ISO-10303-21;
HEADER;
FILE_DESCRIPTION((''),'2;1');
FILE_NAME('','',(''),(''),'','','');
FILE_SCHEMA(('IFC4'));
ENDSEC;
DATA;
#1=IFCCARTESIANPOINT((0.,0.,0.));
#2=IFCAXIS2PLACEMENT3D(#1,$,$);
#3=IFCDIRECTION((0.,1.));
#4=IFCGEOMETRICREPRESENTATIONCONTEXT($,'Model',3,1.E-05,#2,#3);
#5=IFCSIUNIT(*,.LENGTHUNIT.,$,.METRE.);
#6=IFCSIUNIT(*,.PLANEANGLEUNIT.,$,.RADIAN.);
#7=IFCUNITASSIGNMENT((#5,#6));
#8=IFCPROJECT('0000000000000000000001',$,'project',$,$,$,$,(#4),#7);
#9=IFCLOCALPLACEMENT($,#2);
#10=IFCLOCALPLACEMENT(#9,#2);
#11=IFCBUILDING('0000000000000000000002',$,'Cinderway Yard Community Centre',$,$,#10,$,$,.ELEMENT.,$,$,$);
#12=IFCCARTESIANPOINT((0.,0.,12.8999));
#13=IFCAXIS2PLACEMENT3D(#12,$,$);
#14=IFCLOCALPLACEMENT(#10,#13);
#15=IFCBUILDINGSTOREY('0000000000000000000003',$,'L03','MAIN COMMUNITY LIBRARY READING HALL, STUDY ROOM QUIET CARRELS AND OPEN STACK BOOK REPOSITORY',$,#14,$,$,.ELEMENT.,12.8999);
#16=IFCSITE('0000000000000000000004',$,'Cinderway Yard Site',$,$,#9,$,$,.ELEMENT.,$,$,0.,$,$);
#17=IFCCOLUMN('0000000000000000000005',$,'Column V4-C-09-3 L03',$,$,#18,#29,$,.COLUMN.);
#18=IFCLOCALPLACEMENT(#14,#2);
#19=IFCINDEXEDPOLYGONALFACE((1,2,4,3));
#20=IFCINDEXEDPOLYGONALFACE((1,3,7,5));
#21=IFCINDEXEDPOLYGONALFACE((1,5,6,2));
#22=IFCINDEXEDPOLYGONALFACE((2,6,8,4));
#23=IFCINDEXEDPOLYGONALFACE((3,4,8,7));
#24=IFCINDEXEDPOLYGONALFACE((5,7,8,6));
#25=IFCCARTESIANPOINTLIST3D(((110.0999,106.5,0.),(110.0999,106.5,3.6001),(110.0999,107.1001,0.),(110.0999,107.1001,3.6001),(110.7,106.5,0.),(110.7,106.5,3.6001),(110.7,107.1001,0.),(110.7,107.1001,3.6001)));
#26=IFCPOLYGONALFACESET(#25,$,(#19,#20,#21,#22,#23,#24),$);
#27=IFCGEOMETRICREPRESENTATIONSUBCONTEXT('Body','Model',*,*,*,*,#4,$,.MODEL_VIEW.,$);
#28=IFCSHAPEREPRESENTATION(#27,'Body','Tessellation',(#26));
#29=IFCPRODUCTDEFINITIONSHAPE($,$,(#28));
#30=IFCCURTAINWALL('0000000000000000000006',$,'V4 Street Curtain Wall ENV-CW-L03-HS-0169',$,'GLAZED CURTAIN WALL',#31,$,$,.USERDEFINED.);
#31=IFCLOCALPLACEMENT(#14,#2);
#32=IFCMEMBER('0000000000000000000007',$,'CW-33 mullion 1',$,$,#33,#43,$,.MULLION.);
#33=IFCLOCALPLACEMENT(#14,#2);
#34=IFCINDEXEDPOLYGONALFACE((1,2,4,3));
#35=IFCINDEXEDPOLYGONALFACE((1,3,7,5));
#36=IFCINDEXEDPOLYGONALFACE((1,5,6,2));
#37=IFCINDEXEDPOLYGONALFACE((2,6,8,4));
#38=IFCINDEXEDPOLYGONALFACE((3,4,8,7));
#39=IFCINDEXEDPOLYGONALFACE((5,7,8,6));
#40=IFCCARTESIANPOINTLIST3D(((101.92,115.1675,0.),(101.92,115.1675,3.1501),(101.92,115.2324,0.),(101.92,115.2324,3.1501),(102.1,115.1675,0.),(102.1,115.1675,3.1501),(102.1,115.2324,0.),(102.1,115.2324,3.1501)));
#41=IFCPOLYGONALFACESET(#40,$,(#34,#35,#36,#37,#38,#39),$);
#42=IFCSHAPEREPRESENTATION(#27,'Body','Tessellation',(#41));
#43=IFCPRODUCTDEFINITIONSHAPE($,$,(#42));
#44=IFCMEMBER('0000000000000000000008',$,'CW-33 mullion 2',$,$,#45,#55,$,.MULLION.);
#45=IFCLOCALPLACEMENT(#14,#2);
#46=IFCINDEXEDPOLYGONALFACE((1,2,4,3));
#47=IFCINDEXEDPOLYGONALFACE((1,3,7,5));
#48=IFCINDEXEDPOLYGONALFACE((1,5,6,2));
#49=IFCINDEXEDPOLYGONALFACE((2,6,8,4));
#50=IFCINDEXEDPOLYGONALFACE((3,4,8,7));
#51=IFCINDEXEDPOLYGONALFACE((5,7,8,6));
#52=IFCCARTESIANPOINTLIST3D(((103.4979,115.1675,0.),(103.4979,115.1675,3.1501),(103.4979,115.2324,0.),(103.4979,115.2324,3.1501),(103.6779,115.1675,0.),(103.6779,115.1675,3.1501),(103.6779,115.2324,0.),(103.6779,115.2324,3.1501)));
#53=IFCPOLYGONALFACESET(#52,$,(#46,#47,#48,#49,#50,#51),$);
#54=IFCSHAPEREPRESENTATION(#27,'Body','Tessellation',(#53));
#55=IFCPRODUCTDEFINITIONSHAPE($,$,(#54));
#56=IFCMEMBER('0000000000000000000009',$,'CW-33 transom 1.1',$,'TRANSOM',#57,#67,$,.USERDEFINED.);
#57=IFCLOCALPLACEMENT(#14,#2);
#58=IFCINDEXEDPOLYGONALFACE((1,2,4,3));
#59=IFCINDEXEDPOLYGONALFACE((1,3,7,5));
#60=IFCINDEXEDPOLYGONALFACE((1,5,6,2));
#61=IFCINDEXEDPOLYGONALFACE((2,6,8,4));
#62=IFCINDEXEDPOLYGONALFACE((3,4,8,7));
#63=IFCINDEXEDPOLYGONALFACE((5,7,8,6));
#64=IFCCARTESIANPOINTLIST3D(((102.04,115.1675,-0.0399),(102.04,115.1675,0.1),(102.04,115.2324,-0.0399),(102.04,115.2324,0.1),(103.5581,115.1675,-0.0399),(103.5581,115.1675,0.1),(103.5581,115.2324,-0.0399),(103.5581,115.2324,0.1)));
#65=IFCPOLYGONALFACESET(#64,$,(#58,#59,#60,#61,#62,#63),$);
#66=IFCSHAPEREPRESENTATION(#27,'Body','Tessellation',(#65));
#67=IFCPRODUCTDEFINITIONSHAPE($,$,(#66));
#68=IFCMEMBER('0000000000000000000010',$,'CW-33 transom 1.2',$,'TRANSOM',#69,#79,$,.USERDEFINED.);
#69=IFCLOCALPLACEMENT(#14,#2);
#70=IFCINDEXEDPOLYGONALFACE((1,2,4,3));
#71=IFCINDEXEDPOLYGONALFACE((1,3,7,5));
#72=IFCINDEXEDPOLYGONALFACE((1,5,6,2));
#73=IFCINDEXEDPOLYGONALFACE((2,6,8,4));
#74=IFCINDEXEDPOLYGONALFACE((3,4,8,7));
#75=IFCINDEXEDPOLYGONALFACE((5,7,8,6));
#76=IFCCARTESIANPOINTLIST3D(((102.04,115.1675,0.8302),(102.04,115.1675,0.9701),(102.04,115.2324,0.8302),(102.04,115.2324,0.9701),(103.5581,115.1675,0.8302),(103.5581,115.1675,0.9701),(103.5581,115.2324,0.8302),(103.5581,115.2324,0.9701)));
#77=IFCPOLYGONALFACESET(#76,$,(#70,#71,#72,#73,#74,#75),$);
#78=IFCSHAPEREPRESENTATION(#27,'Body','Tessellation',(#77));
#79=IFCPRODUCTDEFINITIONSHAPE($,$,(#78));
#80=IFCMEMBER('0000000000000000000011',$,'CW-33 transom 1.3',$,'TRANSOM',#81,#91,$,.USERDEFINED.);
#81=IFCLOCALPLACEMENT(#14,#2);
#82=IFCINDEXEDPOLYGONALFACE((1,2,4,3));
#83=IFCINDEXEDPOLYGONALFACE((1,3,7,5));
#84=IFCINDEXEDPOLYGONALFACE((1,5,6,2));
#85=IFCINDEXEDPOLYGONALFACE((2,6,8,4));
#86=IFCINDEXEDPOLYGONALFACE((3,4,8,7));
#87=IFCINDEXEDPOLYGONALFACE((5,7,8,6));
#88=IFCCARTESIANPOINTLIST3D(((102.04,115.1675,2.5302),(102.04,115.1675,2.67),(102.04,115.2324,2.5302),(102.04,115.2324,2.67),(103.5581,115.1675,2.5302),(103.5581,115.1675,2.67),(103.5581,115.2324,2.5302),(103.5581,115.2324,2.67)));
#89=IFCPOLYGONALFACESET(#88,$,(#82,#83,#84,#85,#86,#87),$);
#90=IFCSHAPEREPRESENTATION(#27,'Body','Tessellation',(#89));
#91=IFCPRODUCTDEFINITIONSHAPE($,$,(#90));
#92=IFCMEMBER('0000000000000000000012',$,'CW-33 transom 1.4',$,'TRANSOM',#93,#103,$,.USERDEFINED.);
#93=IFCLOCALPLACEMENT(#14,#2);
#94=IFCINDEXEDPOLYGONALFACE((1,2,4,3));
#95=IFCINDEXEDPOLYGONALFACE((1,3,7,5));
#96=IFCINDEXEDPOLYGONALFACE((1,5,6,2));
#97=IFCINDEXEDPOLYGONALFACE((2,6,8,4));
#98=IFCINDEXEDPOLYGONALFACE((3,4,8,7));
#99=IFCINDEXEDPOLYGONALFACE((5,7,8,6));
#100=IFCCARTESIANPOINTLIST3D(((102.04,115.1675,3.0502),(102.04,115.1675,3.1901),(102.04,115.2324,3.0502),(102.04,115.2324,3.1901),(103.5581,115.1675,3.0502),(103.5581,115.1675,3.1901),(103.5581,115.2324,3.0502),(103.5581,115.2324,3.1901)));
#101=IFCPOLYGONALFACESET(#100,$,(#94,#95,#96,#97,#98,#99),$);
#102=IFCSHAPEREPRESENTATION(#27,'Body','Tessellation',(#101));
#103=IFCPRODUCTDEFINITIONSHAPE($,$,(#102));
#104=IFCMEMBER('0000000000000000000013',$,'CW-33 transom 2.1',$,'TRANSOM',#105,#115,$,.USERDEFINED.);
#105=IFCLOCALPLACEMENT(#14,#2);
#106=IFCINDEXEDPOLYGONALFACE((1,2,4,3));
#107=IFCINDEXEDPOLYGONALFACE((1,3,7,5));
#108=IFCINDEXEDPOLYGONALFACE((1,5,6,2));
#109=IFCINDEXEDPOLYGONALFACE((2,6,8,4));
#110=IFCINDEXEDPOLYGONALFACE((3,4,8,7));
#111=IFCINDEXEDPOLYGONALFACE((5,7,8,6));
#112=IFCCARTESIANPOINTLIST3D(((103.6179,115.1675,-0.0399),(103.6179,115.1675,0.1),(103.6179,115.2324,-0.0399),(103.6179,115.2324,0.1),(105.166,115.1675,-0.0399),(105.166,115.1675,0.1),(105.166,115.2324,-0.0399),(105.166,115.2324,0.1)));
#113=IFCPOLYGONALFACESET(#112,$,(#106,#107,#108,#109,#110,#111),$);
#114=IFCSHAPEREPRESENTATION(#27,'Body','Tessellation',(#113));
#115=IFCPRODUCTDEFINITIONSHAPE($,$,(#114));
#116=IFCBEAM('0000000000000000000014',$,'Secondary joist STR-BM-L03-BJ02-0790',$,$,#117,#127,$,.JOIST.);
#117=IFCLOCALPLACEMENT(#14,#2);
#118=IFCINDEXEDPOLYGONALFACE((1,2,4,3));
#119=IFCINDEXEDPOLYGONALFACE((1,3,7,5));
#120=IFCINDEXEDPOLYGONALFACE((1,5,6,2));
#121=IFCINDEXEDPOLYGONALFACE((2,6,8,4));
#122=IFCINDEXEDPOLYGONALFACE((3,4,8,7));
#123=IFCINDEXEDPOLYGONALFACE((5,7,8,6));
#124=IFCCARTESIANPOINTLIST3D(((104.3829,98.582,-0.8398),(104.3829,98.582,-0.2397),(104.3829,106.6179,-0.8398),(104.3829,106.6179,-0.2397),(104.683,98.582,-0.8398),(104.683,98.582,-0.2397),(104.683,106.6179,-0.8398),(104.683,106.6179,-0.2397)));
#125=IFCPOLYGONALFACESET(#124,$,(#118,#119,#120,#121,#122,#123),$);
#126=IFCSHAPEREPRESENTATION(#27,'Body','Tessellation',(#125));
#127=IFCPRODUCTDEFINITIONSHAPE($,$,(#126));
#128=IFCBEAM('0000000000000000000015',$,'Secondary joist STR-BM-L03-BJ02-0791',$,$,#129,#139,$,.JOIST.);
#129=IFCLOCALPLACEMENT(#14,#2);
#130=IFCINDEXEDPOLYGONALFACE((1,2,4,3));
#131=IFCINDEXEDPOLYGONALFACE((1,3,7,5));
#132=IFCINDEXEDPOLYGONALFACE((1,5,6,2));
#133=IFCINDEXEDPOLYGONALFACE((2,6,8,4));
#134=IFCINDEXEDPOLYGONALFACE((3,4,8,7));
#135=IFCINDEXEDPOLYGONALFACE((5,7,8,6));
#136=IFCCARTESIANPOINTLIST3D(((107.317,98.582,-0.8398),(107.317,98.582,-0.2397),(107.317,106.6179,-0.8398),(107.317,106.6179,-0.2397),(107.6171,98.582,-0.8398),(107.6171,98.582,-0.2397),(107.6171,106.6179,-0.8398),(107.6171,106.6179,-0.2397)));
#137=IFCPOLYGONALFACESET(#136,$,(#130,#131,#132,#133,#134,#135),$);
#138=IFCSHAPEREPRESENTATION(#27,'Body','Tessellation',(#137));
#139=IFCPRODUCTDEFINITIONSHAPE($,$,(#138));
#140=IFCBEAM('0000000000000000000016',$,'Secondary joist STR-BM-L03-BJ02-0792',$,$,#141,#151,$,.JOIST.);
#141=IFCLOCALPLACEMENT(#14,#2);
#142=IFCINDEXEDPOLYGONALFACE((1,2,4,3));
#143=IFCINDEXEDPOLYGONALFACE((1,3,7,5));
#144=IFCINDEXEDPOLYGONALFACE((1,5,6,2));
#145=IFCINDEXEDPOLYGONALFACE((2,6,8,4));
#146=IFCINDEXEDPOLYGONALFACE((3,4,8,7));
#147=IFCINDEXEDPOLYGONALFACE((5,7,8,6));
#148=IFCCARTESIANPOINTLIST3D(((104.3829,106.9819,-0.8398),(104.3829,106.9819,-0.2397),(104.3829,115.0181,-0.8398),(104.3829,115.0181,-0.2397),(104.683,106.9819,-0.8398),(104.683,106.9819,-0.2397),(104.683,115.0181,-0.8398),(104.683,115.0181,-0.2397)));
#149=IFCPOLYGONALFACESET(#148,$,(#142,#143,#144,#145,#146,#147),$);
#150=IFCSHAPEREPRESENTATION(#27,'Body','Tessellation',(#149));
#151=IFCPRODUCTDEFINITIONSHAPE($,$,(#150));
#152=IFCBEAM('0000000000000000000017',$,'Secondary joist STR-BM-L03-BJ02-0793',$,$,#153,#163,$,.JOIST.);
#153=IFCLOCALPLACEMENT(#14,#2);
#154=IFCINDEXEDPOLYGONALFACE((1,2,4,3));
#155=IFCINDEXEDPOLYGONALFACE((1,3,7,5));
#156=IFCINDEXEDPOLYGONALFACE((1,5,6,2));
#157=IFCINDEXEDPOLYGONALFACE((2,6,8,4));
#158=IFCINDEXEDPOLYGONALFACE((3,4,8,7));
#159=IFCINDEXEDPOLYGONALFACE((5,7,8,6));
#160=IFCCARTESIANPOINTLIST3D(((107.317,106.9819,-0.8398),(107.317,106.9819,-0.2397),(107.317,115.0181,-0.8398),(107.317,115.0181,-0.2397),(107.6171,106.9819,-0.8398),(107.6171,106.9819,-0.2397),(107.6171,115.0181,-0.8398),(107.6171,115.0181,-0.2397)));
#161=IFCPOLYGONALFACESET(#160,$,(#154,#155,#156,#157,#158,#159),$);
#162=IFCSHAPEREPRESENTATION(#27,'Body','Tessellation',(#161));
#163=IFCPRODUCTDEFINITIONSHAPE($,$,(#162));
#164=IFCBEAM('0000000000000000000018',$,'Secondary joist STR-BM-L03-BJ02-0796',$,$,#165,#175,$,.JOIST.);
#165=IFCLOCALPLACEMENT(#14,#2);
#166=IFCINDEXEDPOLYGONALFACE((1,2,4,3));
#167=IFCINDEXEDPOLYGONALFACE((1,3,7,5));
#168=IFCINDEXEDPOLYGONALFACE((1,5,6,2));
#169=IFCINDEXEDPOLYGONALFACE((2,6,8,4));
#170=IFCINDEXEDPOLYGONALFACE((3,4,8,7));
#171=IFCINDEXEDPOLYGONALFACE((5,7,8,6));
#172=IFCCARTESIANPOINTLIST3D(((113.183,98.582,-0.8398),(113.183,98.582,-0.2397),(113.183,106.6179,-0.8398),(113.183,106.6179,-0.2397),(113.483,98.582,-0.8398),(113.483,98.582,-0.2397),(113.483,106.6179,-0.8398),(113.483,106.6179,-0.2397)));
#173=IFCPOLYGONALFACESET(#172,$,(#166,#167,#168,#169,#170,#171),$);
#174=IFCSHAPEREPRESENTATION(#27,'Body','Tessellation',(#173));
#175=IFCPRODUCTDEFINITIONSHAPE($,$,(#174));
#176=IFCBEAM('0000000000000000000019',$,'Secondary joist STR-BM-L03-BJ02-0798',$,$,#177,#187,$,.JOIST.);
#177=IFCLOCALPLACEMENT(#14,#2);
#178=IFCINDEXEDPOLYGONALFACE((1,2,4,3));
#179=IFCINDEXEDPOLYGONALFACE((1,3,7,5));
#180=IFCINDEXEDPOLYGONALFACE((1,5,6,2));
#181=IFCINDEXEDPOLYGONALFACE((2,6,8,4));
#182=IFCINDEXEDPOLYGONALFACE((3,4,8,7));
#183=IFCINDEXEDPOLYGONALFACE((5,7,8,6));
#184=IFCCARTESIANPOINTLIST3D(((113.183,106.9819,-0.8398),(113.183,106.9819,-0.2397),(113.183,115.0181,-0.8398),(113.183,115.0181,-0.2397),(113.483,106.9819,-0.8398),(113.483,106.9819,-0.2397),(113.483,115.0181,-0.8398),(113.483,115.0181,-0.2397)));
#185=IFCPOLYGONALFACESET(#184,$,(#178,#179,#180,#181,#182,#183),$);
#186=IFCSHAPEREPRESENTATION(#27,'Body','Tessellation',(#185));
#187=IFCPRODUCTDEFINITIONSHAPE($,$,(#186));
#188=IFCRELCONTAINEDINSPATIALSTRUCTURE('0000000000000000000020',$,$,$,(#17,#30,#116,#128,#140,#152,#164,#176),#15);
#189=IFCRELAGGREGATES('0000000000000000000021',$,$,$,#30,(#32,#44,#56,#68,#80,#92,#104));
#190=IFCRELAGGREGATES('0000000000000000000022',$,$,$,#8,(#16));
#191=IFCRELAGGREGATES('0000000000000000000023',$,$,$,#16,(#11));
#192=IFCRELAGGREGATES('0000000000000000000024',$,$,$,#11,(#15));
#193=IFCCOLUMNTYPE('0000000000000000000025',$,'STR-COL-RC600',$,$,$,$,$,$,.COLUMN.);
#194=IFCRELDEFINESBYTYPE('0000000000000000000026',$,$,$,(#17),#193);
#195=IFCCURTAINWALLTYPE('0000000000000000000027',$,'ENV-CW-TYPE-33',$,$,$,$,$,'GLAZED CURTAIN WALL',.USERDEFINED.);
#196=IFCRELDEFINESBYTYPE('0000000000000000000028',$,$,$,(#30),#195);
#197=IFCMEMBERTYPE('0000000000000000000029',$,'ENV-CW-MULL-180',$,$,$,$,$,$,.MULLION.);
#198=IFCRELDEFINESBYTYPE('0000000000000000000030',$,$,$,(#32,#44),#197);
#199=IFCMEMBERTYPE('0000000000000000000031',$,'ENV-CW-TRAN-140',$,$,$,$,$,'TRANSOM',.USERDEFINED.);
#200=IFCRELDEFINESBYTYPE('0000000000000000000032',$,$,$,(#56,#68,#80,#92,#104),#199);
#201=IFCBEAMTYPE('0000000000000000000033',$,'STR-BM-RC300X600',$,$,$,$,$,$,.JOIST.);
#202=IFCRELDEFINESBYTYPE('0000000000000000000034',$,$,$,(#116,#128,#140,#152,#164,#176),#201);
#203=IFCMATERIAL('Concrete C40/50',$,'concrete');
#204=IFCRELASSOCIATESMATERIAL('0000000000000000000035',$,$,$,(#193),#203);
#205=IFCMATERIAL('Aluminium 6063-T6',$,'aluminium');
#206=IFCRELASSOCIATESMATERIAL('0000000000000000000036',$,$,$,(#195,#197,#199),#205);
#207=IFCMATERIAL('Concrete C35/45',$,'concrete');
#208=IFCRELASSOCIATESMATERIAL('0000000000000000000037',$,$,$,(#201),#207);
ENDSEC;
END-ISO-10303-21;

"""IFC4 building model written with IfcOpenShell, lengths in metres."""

from ifc_helpers import new_model, si_unit, direction, frame, origin, origin_2d, place, context, subcontext, project, spatial, rectangle, extrude, material, material_profile, profile_set, type_object, element, aggregate, save


model = new_model("IFC4")

# Units and contexts
model_context = context("Model", 3, precision=1e-05, world=origin(), true_north=direction((0.0, 1.0)))
body_context = subcontext(model_context, "Body", "Model", "MODEL_VIEW")
ifc_project = project(units=[si_unit("LENGTHUNIT", "METRE"), si_unit("PLANEANGLEUNIT", "RADIAN")], contexts=[model_context])

# Site, building, storey
site_placement = place(None, origin())
site = spatial("IfcSite", under=ifc_project, at=site_placement, Name="Cinderway Yard Site", CompositionType="ELEMENT", RefElevation=0.0)
building_placement = place(site_placement, origin())
building = spatial("IfcBuilding", under=site, at=building_placement, Name="Cinderway Yard Community Centre", CompositionType="ELEMENT")
storey_placement = place(building_placement, frame((0.0, 0.0, 12.8999)))
storey = spatial("IfcBuildingStorey", under=building, at=storey_placement, Name="L03", Description="MAIN COMMUNITY LIBRARY READING HALL, STUDY ROOM QUIET CARRELS AND OPEN STACK BOOK REPOSITORY", CompositionType="ELEMENT", Elevation=12.8999)

# Column
ifc_material_1 = material(Name="Concrete C40/50", Category="concrete")
ifc_material_profile_1 = material_profile(ifc_material_1, rectangle(XDim=0.6001, YDim=0.6001, at=origin_2d()), Name="Concrete C40/50")
ifc_profile_set_1 = profile_set([ifc_material_profile_1], Name="Concrete C40/50")
column_type = type_object("IfcColumnType", Name="STR-COL-RC600", PredefinedType="COLUMN", material=ifc_profile_set_1)
column_placement = place(storey_placement, frame((110.3999, 106.8, 0.0), z_axis=(0.0, 0.0, 1.0), x_axis=(1.0, 0.0, 0.0)))
element("IfcColumn", 1, at=column_placement, inside=storey, type_object=column_type, Name="Column V4-C-09-3 L03", PredefinedType="COLUMN", context=body_context, shape_type="SweptSolid", body=[
    extrude(rectangle(XDim=0.6001, YDim=0.6001, at=origin_2d()), origin(), (0.0, 0.0, 1.0), 3.6001),
])

# Curtain wall, members
ifc_material_2 = material(Name="Aluminium 6063-T6", Category="aluminium")
curtain_wall_type = type_object("IfcCurtainWallType", Name="ENV-CW-TYPE-33", ElementType="GLAZED CURTAIN WALL", PredefinedType="USERDEFINED", material=ifc_material_2)
curtain_wall_placement = place(storey_placement, origin())
curtain_wall = element("IfcCurtainWall", 2, at=curtain_wall_placement, inside=storey, type_object=curtain_wall_type, Name="V4 Street Curtain Wall ENV-CW-L03-HS-0169", ObjectType="GLAZED CURTAIN WALL", PredefinedType="USERDEFINED")
ifc_material_profile_2 = material_profile(ifc_material_2, rectangle(XDim=0.0649, YDim=0.1799, at=origin_2d()), Name="Aluminium 6063-T6")
ifc_profile_set_2 = profile_set([ifc_material_profile_2], Name="Aluminium 6063-T6")
member_type_1 = type_object("IfcMemberType", Name="ENV-CW-MULL-180", PredefinedType="MULLION", material=ifc_profile_set_2)
member_1_placement = place(storey_placement, frame((102.01, 115.2, 0.0), z_axis=(0.0, 0.0, 1.0), x_axis=(0.0, 1.0, 0.0)))
member_1 = element("IfcMember", 3, at=member_1_placement, type_object=member_type_1, Name="CW-33 mullion 1", PredefinedType="MULLION", context=body_context, shape_type="SweptSolid", body=[
    extrude(rectangle(XDim=0.0649, YDim=0.1799, at=origin_2d()), origin(), (0.0, 0.0, 1.0), 3.1501),
])
member_2_placement = place(storey_placement, frame((103.5879, 115.2, 0.0), z_axis=(0.0, 0.0, 1.0), x_axis=(0.0, 1.0, 0.0)))
member_2 = element("IfcMember", 4, at=member_2_placement, type_object=member_type_1, Name="CW-33 mullion 2", PredefinedType="MULLION", context=body_context, shape_type="SweptSolid", body=[
    extrude(rectangle(XDim=0.0649, YDim=0.1799, at=origin_2d()), origin(), (0.0, 0.0, 1.0), 3.1501),
])
ifc_material_profile_3 = material_profile(ifc_material_2, rectangle(XDim=0.0649, YDim=0.1399, at=origin_2d()), Name="Aluminium 6063-T6")
ifc_profile_set_3 = profile_set([ifc_material_profile_3], Name="Aluminium 6063-T6")
member_type_2 = type_object("IfcMemberType", Name="ENV-CW-TRAN-140", ElementType="TRANSOM", PredefinedType="USERDEFINED", material=ifc_profile_set_3)
member_3_placement = place(storey_placement, frame((102.04, 115.2, 0.03), z_axis=(1.0, 0.0, 0.0), x_axis=(0.0, 1.0, 0.0)))
member_3 = element("IfcMember", 5, at=member_3_placement, type_object=member_type_2, Name="CW-33 transom 1.1", ObjectType="TRANSOM", PredefinedType="USERDEFINED", context=body_context, shape_type="SweptSolid", body=[
    extrude(rectangle(XDim=0.0649, YDim=0.1399, at=origin_2d()), origin(), (0.0, 0.0, 1.0), 1.5181),
])
member_4_placement = place(storey_placement, frame((102.04, 115.2, 0.9001), z_axis=(1.0, 0.0, 0.0), x_axis=(0.0, 1.0, 0.0)))
member_4 = element("IfcMember", 6, at=member_4_placement, type_object=member_type_2, Name="CW-33 transom 1.2", ObjectType="TRANSOM", PredefinedType="USERDEFINED", context=body_context, shape_type="SweptSolid", body=[
    extrude(rectangle(XDim=0.0649, YDim=0.1399, at=origin_2d()), origin(), (0.0, 0.0, 1.0), 1.5181),
])
member_5_placement = place(storey_placement, frame((102.04, 115.2, 2.6001), z_axis=(1.0, 0.0, 0.0), x_axis=(0.0, 1.0, 0.0)))
member_5 = element("IfcMember", 7, at=member_5_placement, type_object=member_type_2, Name="CW-33 transom 1.3", ObjectType="TRANSOM", PredefinedType="USERDEFINED", context=body_context, shape_type="SweptSolid", body=[
    extrude(rectangle(XDim=0.0649, YDim=0.1399, at=origin_2d()), origin(), (0.0, 0.0, 1.0), 1.5181),
])
member_6_placement = place(storey_placement, frame((102.04, 115.2, 3.1201), z_axis=(1.0, 0.0, 0.0), x_axis=(0.0, 1.0, 0.0)))
member_6 = element("IfcMember", 8, at=member_6_placement, type_object=member_type_2, Name="CW-33 transom 1.4", ObjectType="TRANSOM", PredefinedType="USERDEFINED", context=body_context, shape_type="SweptSolid", body=[
    extrude(rectangle(XDim=0.0649, YDim=0.1399, at=origin_2d()), origin(), (0.0, 0.0, 1.0), 1.5181),
])
member_7_placement = place(storey_placement, frame((103.6179, 115.2, 0.03), z_axis=(1.0, 0.0, 0.0), x_axis=(0.0, 1.0, 0.0)))
member_7 = element("IfcMember", 9, at=member_7_placement, type_object=member_type_2, Name="CW-33 transom 2.1", ObjectType="TRANSOM", PredefinedType="USERDEFINED", context=body_context, shape_type="SweptSolid", body=[
    extrude(rectangle(XDim=0.0649, YDim=0.1399, at=origin_2d()), origin(), (0.0, 0.0, 1.0), 1.5481),
])

# Beams
ifc_material_3 = material(Name="Concrete C35/45", Category="concrete")
ifc_material_profile_4 = material_profile(ifc_material_3, rectangle(XDim=0.3, YDim=0.6001, at=origin_2d()), Name="Concrete C35/45")
ifc_profile_set_4 = profile_set([ifc_material_profile_4], Name="Concrete C35/45")
beam_type_1 = type_object("IfcBeamType", Name="STR-BM-RC300X600", PredefinedType="JOIST", material=ifc_profile_set_4)
for number, where, z_axis, x_axis, name in (
    (10, (104.533, 98.582, -0.5398), (0.0, 1.0, 0.0), (-1.0, 0.0, 0.0), "Secondary joist STR-BM-L03-BJ02-0790"),
    (11, (107.467, 98.582, -0.5398), (0.0, 1.0, 0.0), (-1.0, 0.0, 0.0), "Secondary joist STR-BM-L03-BJ02-0791"),
):
    element("IfcBeam", number, at=place(storey_placement, frame(where, z_axis=z_axis, x_axis=x_axis)), inside=storey, type_object=beam_type_1, Name=name, PredefinedType="JOIST", context=body_context, shape_type="SweptSolid", body=[
        extrude(rectangle(XDim=0.3, YDim=0.6001, at=origin_2d()), origin(), (0.0, 0.0, 1.0), 8.0359),
    ])
for number, where, z_axis, x_axis, name in (
    (12, (104.533, 106.9819, -0.5398), (0.0, 1.0, 0.0), (-1.0, 0.0, 0.0), "Secondary joist STR-BM-L03-BJ02-0792"),
    (13, (107.467, 106.9819, -0.5398), (0.0, 1.0, 0.0), (-1.0, 0.0, 0.0), "Secondary joist STR-BM-L03-BJ02-0793"),
):
    element("IfcBeam", number, at=place(storey_placement, frame(where, z_axis=z_axis, x_axis=x_axis)), inside=storey, type_object=beam_type_1, Name=name, PredefinedType="JOIST", context=body_context, shape_type="SweptSolid", body=[
        extrude(rectangle(XDim=0.3, YDim=0.6001, at=origin_2d()), origin(), (0.0, 0.0, 1.0), 8.0361),
    ])
beam_1_placement = place(storey_placement, frame((113.333, 98.582, -0.5398), z_axis=(0.0, 1.0, 0.0), x_axis=(-1.0, 0.0, 0.0)))
element("IfcBeam", 14, at=beam_1_placement, inside=storey, type_object=beam_type_1, Name="Secondary joist STR-BM-L03-BJ02-0796", PredefinedType="JOIST", context=body_context, shape_type="SweptSolid", body=[
    extrude(rectangle(XDim=0.3, YDim=0.6001, at=origin_2d()), origin(), (0.0, 0.0, 1.0), 8.0359),
])
beam_2_placement = place(storey_placement, frame((113.333, 106.9819, -0.5398), z_axis=(0.0, 1.0, 0.0), x_axis=(-1.0, 0.0, 0.0)))
element("IfcBeam", 15, at=beam_2_placement, inside=storey, type_object=beam_type_1, Name="Secondary joist STR-BM-L03-BJ02-0798", PredefinedType="JOIST", context=body_context, shape_type="SweptSolid", body=[
    extrude(rectangle(XDim=0.3, YDim=0.6001, at=origin_2d()), origin(), (0.0, 0.0, 1.0), 8.0361),
])

aggregate(curtain_wall, [member_1, member_2, member_3, member_4, member_5, member_6, member_7])

save(model, "model.ifc")
